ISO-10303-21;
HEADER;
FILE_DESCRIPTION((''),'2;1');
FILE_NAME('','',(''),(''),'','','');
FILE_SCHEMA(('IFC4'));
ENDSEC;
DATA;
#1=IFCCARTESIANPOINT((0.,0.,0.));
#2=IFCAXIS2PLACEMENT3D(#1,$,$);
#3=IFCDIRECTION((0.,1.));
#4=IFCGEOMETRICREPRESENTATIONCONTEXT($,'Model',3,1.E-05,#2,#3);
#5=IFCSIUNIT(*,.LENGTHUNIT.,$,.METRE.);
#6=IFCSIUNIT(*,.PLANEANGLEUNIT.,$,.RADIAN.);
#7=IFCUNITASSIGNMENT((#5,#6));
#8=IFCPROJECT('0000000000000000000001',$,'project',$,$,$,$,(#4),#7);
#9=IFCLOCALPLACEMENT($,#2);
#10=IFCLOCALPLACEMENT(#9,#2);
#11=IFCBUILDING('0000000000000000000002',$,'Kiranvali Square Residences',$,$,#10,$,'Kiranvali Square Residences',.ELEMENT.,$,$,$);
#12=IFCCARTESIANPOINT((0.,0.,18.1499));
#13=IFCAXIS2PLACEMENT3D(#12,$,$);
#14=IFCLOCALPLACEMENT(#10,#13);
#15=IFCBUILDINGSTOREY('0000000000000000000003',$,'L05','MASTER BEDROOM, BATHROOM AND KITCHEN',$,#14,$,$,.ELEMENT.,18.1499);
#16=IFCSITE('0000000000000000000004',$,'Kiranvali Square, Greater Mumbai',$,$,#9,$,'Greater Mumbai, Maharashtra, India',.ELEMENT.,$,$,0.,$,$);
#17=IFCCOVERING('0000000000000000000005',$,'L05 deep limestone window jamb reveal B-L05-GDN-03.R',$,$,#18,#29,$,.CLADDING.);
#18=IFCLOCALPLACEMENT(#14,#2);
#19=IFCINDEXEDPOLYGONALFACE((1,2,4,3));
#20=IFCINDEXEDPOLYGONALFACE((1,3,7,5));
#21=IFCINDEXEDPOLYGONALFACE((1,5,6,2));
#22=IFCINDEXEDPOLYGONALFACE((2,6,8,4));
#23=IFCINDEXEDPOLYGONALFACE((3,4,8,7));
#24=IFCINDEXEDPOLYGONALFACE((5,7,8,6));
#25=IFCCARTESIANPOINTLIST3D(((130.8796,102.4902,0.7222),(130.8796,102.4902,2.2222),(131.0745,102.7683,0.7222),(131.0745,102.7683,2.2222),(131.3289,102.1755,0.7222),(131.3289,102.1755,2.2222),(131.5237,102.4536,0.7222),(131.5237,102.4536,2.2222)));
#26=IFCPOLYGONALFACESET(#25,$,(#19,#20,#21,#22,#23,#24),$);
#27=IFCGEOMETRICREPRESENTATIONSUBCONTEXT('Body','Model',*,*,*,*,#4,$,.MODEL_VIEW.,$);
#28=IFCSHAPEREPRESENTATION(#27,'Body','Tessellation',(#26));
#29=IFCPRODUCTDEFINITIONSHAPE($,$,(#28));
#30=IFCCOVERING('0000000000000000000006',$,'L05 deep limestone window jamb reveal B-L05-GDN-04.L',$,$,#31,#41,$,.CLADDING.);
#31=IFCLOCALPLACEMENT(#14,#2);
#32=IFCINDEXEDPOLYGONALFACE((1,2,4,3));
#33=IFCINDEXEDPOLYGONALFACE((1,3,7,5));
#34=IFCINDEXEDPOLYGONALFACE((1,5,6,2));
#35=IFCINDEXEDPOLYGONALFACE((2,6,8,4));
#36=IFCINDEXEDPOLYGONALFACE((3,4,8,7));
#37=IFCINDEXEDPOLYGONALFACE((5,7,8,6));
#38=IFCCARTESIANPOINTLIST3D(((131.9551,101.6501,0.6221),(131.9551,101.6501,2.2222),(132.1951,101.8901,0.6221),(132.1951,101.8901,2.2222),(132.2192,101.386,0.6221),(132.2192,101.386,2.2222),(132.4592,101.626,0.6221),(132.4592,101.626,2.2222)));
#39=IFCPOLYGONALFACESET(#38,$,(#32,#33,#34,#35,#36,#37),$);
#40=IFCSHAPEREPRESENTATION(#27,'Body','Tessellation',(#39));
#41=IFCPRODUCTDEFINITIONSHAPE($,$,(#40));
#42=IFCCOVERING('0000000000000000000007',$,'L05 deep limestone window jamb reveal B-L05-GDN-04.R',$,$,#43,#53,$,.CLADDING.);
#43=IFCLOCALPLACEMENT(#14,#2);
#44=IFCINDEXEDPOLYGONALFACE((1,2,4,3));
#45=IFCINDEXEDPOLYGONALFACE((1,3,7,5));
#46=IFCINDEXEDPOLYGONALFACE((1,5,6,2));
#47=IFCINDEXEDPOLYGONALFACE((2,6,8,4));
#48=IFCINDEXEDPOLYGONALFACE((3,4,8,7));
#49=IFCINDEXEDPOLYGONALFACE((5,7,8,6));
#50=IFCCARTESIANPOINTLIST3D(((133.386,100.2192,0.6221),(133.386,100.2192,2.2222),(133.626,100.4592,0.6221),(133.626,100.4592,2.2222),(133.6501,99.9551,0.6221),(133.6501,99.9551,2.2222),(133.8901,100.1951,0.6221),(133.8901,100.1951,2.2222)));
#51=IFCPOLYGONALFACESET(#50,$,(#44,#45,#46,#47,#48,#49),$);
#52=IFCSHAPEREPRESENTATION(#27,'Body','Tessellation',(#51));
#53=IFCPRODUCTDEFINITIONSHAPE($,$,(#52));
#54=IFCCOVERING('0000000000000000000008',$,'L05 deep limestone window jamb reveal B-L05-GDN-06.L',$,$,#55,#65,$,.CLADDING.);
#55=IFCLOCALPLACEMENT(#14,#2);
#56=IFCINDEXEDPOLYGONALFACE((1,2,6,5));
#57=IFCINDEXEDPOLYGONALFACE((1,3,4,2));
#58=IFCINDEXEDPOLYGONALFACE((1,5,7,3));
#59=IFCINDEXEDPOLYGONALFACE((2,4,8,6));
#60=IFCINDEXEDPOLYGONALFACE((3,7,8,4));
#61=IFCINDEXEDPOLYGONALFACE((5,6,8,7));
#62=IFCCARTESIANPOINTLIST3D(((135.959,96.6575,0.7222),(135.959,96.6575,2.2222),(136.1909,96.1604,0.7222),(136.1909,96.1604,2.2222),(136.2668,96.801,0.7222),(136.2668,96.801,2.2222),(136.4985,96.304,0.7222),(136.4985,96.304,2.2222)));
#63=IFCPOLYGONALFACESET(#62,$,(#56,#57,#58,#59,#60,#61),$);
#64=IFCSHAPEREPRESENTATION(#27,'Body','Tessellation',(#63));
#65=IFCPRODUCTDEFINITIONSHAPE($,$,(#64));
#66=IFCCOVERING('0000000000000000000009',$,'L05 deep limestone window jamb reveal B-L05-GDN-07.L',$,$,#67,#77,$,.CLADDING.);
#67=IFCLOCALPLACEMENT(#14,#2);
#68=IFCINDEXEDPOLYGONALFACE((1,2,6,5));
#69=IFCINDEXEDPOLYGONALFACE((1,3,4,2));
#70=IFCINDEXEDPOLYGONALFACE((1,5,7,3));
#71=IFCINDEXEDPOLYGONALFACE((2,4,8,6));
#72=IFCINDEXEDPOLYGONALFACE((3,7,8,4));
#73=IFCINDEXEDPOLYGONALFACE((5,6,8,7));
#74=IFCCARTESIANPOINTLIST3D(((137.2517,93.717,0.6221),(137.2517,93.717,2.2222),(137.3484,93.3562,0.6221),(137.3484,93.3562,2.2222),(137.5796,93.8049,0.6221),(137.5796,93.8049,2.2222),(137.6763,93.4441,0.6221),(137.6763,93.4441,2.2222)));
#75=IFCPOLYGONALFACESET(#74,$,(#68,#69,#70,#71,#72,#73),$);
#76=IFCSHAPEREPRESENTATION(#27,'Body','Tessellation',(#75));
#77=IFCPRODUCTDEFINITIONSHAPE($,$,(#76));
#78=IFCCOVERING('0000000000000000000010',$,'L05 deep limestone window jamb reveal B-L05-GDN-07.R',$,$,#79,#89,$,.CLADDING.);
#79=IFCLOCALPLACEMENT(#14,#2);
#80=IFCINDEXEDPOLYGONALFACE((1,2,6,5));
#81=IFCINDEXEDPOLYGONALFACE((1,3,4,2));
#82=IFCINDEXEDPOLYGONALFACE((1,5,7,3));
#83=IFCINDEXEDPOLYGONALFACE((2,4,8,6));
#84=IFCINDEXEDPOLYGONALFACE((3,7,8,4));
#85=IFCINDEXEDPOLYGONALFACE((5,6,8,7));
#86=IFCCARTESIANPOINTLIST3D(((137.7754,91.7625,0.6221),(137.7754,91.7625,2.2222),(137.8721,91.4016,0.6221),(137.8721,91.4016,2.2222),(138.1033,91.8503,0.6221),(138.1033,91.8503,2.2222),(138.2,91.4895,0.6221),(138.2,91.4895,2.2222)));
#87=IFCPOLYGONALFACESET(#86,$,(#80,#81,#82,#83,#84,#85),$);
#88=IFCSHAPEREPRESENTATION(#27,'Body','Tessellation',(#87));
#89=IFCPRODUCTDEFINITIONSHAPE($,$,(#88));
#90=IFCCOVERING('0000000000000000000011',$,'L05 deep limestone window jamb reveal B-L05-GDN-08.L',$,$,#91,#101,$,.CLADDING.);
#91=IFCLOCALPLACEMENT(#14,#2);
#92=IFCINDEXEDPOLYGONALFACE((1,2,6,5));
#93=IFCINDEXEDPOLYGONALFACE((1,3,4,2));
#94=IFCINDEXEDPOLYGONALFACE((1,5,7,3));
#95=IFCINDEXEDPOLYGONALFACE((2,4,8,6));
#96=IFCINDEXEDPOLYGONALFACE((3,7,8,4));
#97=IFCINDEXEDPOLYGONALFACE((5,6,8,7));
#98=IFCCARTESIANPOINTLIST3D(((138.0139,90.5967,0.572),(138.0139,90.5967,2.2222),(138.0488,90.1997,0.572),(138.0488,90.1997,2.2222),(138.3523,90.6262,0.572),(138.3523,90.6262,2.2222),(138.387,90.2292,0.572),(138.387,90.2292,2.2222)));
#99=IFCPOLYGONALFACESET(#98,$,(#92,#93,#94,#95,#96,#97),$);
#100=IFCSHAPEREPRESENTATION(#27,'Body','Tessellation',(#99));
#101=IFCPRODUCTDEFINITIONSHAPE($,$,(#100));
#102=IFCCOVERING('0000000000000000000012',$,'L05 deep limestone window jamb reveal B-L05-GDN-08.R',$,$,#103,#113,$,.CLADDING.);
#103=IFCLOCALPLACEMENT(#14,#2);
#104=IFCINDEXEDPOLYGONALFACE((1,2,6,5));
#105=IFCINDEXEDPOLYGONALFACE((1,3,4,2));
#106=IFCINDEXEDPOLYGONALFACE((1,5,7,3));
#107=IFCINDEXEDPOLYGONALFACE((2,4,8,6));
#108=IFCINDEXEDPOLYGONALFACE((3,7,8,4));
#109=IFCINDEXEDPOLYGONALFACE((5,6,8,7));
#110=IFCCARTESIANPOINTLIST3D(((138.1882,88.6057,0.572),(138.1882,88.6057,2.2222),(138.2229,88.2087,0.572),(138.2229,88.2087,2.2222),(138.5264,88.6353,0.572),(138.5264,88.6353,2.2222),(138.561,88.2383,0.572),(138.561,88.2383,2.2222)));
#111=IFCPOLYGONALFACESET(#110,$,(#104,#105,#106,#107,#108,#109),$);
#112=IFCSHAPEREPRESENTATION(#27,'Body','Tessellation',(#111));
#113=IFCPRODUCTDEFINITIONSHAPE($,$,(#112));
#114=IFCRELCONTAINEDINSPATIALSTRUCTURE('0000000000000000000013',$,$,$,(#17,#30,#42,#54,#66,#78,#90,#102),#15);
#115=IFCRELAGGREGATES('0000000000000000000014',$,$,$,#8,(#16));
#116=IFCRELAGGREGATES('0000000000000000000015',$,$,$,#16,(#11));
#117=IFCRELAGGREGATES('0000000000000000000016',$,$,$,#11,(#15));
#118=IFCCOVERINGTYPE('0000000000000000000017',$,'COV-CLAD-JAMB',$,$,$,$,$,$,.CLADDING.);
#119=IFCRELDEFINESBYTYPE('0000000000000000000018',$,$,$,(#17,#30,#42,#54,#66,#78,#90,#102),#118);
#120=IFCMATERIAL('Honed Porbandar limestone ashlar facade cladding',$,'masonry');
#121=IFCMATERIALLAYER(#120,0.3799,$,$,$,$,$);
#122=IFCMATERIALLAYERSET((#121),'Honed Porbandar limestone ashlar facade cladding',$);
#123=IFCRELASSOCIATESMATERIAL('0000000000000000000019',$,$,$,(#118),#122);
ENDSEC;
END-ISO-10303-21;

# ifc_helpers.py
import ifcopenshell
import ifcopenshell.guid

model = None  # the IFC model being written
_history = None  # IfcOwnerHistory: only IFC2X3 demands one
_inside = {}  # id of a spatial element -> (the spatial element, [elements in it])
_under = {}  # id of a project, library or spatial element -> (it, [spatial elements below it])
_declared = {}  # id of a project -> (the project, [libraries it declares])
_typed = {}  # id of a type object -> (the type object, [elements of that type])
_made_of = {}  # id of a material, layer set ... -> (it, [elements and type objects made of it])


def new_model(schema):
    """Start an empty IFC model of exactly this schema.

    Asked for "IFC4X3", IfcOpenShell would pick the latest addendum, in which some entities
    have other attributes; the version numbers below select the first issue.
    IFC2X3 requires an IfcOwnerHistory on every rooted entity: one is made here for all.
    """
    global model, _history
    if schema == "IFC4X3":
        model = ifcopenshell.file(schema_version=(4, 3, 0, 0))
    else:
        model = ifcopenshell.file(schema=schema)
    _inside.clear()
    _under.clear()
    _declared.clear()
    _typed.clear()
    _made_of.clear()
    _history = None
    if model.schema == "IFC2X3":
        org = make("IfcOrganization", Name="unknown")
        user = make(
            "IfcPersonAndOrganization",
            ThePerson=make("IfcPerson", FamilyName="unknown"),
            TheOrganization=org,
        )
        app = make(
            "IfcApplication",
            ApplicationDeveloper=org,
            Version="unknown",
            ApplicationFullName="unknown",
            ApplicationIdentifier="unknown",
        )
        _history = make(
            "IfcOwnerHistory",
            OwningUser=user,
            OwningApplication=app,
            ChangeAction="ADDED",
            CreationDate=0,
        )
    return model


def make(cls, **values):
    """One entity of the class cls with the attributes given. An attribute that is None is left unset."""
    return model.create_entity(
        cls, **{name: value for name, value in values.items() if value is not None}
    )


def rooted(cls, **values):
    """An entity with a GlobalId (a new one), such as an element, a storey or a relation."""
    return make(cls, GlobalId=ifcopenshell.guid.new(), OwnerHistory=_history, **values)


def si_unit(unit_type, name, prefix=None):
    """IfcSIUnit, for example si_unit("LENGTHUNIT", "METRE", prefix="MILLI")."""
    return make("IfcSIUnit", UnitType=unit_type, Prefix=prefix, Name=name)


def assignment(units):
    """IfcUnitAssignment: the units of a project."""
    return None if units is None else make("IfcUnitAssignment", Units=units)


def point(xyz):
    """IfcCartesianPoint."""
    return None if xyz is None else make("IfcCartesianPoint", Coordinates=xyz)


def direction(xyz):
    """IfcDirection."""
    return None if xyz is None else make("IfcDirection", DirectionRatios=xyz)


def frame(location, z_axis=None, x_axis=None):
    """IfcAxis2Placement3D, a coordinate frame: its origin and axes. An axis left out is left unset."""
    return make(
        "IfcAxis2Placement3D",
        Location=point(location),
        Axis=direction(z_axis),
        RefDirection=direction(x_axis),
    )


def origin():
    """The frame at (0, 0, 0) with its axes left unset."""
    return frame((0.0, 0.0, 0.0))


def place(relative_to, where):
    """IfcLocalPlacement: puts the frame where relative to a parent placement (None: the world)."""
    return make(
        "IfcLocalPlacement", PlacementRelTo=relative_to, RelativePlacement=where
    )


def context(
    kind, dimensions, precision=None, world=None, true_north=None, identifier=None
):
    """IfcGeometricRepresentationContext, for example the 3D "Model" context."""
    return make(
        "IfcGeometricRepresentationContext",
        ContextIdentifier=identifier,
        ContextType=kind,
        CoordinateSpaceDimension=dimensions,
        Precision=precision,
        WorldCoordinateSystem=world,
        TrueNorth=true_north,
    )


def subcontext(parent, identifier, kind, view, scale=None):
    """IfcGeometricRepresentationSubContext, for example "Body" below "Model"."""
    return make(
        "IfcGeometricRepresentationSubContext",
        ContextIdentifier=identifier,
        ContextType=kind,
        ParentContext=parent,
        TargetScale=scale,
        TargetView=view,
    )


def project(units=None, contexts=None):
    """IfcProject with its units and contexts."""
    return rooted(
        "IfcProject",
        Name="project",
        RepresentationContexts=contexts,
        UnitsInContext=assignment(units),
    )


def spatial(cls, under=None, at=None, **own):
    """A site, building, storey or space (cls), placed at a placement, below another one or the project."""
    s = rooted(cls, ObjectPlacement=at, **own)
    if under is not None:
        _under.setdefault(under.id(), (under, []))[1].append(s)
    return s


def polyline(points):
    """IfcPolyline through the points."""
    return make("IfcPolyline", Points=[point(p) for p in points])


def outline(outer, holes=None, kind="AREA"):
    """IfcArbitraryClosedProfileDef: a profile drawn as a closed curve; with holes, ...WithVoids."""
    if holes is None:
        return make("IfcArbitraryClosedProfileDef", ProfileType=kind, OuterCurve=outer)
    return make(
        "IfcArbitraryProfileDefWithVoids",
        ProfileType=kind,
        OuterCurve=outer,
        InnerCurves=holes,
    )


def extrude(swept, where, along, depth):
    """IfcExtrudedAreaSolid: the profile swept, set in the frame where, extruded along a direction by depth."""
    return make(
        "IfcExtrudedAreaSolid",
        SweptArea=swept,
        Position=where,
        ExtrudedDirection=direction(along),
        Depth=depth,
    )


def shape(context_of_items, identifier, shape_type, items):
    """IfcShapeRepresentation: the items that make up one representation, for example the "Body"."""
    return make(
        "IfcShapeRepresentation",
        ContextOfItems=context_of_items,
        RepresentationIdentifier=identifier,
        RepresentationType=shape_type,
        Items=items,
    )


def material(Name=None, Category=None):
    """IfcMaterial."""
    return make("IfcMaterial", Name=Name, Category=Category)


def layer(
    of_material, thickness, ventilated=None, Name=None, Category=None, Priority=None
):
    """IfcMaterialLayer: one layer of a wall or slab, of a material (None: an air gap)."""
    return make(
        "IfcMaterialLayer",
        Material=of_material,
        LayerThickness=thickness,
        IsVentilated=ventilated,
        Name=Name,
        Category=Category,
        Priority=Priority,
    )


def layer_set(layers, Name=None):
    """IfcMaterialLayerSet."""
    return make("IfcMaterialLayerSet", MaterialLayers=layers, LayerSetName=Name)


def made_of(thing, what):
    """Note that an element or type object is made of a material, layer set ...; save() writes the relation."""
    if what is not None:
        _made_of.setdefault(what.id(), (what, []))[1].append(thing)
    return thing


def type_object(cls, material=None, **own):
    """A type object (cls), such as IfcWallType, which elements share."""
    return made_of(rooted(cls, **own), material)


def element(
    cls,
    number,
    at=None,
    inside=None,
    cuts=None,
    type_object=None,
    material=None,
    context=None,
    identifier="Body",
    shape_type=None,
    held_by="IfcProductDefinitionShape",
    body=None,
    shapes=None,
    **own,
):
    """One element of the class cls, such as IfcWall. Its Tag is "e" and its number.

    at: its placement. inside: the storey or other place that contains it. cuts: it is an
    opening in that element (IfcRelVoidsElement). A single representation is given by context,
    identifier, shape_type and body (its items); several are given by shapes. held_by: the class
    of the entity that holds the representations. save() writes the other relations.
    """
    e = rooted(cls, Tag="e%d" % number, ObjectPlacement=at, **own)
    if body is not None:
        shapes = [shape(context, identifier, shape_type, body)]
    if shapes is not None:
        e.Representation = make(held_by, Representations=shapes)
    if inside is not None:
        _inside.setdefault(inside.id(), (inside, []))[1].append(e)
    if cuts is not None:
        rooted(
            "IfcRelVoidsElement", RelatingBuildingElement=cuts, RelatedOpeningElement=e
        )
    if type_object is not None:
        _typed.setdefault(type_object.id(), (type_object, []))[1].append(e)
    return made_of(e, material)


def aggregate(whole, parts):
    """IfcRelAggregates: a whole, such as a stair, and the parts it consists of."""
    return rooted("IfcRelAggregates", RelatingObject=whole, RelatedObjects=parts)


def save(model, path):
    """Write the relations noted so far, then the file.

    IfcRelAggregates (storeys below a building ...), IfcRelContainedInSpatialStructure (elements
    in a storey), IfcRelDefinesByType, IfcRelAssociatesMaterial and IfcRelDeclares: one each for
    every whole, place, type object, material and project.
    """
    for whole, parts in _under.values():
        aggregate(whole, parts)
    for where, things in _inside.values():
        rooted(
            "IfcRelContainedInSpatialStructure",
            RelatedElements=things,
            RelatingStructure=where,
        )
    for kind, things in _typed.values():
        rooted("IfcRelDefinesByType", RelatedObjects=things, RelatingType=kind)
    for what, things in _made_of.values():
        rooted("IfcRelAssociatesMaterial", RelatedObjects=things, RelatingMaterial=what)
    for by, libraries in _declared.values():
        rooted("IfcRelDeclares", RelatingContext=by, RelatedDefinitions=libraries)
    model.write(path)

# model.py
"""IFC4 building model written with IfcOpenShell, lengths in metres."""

from ifc_helpers import new_model, si_unit, direction, frame, origin, place, context, subcontext, project, spatial, polyline, outline, extrude, material, layer, layer_set, type_object, element, save


model = new_model("IFC4")

# Units and contexts
model_context = context("Model", 3, precision=1e-05, world=origin(), true_north=direction((0.0, 1.0)))
body_context = subcontext(model_context, "Body", "Model", "MODEL_VIEW")
ifc_project = project(units=[si_unit("LENGTHUNIT", "METRE"), si_unit("PLANEANGLEUNIT", "RADIAN")], contexts=[model_context])

# Site, building, storey
site_placement = place(None, origin())
site = spatial("IfcSite", under=ifc_project, at=site_placement, Name="Kiranvali Square, Greater Mumbai", LongName="Greater Mumbai, Maharashtra, India", CompositionType="ELEMENT", RefElevation=0.0)
building_placement = place(site_placement, origin())
building = spatial("IfcBuilding", under=site, at=building_placement, Name="Kiranvali Square Residences", LongName="Kiranvali Square Residences", CompositionType="ELEMENT")
storey_placement = place(building_placement, frame((0.0, 0.0, 18.1499)))
storey = spatial("IfcBuildingStorey", under=building, at=storey_placement, Name="L05", Description="MASTER BEDROOM, BATHROOM AND KITCHEN", CompositionType="ELEMENT", Elevation=18.1499)

# Coverings
ifc_material = material(Name="Honed Porbandar limestone ashlar facade cladding", Category="masonry")
ifc_layer = layer(ifc_material, 0.3799)
ifc_layer_set = layer_set([ifc_layer], Name="Honed Porbandar limestone ashlar facade cladding")
covering_type = type_object("IfcCoveringType", Name="COV-CLAD-JAMB", PredefinedType="CLADDING", material=ifc_layer_set)
covering_1_placement = place(storey_placement, frame((0.0, 0.0, 0.7222)))
element("IfcCovering", 1, at=covering_1_placement, inside=storey, type_object=covering_type, Name="L05 deep limestone window jamb reveal B-L05-GDN-03.R", PredefinedType="CLADDING", context=body_context, shape_type="SweptSolid", body=[
    extrude(outline(polyline([(130.8796, 102.4902), (131.3289, 102.1755), (131.5237, 102.4536), (131.0745, 102.7683), (130.8796, 102.4902)])), origin(), (0.0, 0.0, 1.0), 1.5),
])
covering_2_placement = place(storey_placement, frame((0.0, 0.0, 0.6221)))
element("IfcCovering", 2, at=covering_2_placement, inside=storey, type_object=covering_type, Name="L05 deep limestone window jamb reveal B-L05-GDN-04.L", PredefinedType="CLADDING", context=body_context, shape_type="SweptSolid", body=[
    extrude(outline(polyline([(131.9551, 101.6501), (132.2192, 101.386), (132.4592, 101.626), (132.1951, 101.8901), (131.9551, 101.6501)])), origin(), (0.0, 0.0, 1.0), 1.6001),
])
covering_3_placement = place(storey_placement, frame((0.0, 0.0, 0.6221)))
element("IfcCovering", 3, at=covering_3_placement, inside=storey, type_object=covering_type, Name="L05 deep limestone window jamb reveal B-L05-GDN-04.R", PredefinedType="CLADDING", context=body_context, shape_type="SweptSolid", body=[
    extrude(outline(polyline([(133.386, 100.2192), (133.6501, 99.9551), (133.8901, 100.1951), (133.626, 100.4592), (133.386, 100.2192)])), origin(), (0.0, 0.0, 1.0), 1.6001),
])
covering_4_placement = place(storey_placement, frame((0.0, 0.0, 0.7222)))
element("IfcCovering", 4, at=covering_4_placement, inside=storey, type_object=covering_type, Name="L05 deep limestone window jamb reveal B-L05-GDN-06.L", PredefinedType="CLADDING", context=body_context, shape_type="SweptSolid", body=[
    extrude(outline(polyline([(135.959, 96.6575), (136.1909, 96.1604), (136.4985, 96.304), (136.2668, 96.801), (135.959, 96.6575)])), origin(), (0.0, 0.0, 1.0), 1.5),
])
covering_5_placement = place(storey_placement, frame((0.0, 0.0, 0.6221)))
element("IfcCovering", 5, at=covering_5_placement, inside=storey, type_object=covering_type, Name="L05 deep limestone window jamb reveal B-L05-GDN-07.L", PredefinedType="CLADDING", context=body_context, shape_type="SweptSolid", body=[
    extrude(outline(polyline([(137.2517, 93.717), (137.3484, 93.3562), (137.6763, 93.4441), (137.5796, 93.8049), (137.2517, 93.717)])), origin(), (0.0, 0.0, 1.0), 1.6001),
])
covering_6_placement = place(storey_placement, frame((0.0, 0.0, 0.6221)))
element("IfcCovering", 6, at=covering_6_placement, inside=storey, type_object=covering_type, Name="L05 deep limestone window jamb reveal B-L05-GDN-07.R", PredefinedType="CLADDING", context=body_context, shape_type="SweptSolid", body=[
    extrude(outline(polyline([(137.7754, 91.7625), (137.8721, 91.4016), (138.2, 91.4895), (138.1033, 91.8503), (137.7754, 91.7625)])), origin(), (0.0, 0.0, 1.0), 1.6001),
])
covering_7_placement = place(storey_placement, frame((0.0, 0.0, 0.572)))
element("IfcCovering", 7, at=covering_7_placement, inside=storey, type_object=covering_type, Name="L05 deep limestone window jamb reveal B-L05-GDN-08.L", PredefinedType="CLADDING", context=body_context, shape_type="SweptSolid", body=[
    extrude(outline(polyline([(138.0139, 90.5967), (138.0488, 90.1997), (138.387, 90.2292), (138.3523, 90.6262), (138.0139, 90.5967)])), origin(), (0.0, 0.0, 1.0), 1.6501),
])
covering_8_placement = place(storey_placement, frame((0.0, 0.0, 0.572)))
element("IfcCovering", 8, at=covering_8_placement, inside=storey, type_object=covering_type, Name="L05 deep limestone window jamb reveal B-L05-GDN-08.R", PredefinedType="CLADDING", context=body_context, shape_type="SweptSolid", body=[
    extrude(outline(polyline([(138.1882, 88.6057), (138.2229, 88.2087), (138.561, 88.2383), (138.5264, 88.6353), (138.1882, 88.6057)])), origin(), (0.0, 0.0, 1.0), 1.6501),
])

save(model, "model.ifc")
